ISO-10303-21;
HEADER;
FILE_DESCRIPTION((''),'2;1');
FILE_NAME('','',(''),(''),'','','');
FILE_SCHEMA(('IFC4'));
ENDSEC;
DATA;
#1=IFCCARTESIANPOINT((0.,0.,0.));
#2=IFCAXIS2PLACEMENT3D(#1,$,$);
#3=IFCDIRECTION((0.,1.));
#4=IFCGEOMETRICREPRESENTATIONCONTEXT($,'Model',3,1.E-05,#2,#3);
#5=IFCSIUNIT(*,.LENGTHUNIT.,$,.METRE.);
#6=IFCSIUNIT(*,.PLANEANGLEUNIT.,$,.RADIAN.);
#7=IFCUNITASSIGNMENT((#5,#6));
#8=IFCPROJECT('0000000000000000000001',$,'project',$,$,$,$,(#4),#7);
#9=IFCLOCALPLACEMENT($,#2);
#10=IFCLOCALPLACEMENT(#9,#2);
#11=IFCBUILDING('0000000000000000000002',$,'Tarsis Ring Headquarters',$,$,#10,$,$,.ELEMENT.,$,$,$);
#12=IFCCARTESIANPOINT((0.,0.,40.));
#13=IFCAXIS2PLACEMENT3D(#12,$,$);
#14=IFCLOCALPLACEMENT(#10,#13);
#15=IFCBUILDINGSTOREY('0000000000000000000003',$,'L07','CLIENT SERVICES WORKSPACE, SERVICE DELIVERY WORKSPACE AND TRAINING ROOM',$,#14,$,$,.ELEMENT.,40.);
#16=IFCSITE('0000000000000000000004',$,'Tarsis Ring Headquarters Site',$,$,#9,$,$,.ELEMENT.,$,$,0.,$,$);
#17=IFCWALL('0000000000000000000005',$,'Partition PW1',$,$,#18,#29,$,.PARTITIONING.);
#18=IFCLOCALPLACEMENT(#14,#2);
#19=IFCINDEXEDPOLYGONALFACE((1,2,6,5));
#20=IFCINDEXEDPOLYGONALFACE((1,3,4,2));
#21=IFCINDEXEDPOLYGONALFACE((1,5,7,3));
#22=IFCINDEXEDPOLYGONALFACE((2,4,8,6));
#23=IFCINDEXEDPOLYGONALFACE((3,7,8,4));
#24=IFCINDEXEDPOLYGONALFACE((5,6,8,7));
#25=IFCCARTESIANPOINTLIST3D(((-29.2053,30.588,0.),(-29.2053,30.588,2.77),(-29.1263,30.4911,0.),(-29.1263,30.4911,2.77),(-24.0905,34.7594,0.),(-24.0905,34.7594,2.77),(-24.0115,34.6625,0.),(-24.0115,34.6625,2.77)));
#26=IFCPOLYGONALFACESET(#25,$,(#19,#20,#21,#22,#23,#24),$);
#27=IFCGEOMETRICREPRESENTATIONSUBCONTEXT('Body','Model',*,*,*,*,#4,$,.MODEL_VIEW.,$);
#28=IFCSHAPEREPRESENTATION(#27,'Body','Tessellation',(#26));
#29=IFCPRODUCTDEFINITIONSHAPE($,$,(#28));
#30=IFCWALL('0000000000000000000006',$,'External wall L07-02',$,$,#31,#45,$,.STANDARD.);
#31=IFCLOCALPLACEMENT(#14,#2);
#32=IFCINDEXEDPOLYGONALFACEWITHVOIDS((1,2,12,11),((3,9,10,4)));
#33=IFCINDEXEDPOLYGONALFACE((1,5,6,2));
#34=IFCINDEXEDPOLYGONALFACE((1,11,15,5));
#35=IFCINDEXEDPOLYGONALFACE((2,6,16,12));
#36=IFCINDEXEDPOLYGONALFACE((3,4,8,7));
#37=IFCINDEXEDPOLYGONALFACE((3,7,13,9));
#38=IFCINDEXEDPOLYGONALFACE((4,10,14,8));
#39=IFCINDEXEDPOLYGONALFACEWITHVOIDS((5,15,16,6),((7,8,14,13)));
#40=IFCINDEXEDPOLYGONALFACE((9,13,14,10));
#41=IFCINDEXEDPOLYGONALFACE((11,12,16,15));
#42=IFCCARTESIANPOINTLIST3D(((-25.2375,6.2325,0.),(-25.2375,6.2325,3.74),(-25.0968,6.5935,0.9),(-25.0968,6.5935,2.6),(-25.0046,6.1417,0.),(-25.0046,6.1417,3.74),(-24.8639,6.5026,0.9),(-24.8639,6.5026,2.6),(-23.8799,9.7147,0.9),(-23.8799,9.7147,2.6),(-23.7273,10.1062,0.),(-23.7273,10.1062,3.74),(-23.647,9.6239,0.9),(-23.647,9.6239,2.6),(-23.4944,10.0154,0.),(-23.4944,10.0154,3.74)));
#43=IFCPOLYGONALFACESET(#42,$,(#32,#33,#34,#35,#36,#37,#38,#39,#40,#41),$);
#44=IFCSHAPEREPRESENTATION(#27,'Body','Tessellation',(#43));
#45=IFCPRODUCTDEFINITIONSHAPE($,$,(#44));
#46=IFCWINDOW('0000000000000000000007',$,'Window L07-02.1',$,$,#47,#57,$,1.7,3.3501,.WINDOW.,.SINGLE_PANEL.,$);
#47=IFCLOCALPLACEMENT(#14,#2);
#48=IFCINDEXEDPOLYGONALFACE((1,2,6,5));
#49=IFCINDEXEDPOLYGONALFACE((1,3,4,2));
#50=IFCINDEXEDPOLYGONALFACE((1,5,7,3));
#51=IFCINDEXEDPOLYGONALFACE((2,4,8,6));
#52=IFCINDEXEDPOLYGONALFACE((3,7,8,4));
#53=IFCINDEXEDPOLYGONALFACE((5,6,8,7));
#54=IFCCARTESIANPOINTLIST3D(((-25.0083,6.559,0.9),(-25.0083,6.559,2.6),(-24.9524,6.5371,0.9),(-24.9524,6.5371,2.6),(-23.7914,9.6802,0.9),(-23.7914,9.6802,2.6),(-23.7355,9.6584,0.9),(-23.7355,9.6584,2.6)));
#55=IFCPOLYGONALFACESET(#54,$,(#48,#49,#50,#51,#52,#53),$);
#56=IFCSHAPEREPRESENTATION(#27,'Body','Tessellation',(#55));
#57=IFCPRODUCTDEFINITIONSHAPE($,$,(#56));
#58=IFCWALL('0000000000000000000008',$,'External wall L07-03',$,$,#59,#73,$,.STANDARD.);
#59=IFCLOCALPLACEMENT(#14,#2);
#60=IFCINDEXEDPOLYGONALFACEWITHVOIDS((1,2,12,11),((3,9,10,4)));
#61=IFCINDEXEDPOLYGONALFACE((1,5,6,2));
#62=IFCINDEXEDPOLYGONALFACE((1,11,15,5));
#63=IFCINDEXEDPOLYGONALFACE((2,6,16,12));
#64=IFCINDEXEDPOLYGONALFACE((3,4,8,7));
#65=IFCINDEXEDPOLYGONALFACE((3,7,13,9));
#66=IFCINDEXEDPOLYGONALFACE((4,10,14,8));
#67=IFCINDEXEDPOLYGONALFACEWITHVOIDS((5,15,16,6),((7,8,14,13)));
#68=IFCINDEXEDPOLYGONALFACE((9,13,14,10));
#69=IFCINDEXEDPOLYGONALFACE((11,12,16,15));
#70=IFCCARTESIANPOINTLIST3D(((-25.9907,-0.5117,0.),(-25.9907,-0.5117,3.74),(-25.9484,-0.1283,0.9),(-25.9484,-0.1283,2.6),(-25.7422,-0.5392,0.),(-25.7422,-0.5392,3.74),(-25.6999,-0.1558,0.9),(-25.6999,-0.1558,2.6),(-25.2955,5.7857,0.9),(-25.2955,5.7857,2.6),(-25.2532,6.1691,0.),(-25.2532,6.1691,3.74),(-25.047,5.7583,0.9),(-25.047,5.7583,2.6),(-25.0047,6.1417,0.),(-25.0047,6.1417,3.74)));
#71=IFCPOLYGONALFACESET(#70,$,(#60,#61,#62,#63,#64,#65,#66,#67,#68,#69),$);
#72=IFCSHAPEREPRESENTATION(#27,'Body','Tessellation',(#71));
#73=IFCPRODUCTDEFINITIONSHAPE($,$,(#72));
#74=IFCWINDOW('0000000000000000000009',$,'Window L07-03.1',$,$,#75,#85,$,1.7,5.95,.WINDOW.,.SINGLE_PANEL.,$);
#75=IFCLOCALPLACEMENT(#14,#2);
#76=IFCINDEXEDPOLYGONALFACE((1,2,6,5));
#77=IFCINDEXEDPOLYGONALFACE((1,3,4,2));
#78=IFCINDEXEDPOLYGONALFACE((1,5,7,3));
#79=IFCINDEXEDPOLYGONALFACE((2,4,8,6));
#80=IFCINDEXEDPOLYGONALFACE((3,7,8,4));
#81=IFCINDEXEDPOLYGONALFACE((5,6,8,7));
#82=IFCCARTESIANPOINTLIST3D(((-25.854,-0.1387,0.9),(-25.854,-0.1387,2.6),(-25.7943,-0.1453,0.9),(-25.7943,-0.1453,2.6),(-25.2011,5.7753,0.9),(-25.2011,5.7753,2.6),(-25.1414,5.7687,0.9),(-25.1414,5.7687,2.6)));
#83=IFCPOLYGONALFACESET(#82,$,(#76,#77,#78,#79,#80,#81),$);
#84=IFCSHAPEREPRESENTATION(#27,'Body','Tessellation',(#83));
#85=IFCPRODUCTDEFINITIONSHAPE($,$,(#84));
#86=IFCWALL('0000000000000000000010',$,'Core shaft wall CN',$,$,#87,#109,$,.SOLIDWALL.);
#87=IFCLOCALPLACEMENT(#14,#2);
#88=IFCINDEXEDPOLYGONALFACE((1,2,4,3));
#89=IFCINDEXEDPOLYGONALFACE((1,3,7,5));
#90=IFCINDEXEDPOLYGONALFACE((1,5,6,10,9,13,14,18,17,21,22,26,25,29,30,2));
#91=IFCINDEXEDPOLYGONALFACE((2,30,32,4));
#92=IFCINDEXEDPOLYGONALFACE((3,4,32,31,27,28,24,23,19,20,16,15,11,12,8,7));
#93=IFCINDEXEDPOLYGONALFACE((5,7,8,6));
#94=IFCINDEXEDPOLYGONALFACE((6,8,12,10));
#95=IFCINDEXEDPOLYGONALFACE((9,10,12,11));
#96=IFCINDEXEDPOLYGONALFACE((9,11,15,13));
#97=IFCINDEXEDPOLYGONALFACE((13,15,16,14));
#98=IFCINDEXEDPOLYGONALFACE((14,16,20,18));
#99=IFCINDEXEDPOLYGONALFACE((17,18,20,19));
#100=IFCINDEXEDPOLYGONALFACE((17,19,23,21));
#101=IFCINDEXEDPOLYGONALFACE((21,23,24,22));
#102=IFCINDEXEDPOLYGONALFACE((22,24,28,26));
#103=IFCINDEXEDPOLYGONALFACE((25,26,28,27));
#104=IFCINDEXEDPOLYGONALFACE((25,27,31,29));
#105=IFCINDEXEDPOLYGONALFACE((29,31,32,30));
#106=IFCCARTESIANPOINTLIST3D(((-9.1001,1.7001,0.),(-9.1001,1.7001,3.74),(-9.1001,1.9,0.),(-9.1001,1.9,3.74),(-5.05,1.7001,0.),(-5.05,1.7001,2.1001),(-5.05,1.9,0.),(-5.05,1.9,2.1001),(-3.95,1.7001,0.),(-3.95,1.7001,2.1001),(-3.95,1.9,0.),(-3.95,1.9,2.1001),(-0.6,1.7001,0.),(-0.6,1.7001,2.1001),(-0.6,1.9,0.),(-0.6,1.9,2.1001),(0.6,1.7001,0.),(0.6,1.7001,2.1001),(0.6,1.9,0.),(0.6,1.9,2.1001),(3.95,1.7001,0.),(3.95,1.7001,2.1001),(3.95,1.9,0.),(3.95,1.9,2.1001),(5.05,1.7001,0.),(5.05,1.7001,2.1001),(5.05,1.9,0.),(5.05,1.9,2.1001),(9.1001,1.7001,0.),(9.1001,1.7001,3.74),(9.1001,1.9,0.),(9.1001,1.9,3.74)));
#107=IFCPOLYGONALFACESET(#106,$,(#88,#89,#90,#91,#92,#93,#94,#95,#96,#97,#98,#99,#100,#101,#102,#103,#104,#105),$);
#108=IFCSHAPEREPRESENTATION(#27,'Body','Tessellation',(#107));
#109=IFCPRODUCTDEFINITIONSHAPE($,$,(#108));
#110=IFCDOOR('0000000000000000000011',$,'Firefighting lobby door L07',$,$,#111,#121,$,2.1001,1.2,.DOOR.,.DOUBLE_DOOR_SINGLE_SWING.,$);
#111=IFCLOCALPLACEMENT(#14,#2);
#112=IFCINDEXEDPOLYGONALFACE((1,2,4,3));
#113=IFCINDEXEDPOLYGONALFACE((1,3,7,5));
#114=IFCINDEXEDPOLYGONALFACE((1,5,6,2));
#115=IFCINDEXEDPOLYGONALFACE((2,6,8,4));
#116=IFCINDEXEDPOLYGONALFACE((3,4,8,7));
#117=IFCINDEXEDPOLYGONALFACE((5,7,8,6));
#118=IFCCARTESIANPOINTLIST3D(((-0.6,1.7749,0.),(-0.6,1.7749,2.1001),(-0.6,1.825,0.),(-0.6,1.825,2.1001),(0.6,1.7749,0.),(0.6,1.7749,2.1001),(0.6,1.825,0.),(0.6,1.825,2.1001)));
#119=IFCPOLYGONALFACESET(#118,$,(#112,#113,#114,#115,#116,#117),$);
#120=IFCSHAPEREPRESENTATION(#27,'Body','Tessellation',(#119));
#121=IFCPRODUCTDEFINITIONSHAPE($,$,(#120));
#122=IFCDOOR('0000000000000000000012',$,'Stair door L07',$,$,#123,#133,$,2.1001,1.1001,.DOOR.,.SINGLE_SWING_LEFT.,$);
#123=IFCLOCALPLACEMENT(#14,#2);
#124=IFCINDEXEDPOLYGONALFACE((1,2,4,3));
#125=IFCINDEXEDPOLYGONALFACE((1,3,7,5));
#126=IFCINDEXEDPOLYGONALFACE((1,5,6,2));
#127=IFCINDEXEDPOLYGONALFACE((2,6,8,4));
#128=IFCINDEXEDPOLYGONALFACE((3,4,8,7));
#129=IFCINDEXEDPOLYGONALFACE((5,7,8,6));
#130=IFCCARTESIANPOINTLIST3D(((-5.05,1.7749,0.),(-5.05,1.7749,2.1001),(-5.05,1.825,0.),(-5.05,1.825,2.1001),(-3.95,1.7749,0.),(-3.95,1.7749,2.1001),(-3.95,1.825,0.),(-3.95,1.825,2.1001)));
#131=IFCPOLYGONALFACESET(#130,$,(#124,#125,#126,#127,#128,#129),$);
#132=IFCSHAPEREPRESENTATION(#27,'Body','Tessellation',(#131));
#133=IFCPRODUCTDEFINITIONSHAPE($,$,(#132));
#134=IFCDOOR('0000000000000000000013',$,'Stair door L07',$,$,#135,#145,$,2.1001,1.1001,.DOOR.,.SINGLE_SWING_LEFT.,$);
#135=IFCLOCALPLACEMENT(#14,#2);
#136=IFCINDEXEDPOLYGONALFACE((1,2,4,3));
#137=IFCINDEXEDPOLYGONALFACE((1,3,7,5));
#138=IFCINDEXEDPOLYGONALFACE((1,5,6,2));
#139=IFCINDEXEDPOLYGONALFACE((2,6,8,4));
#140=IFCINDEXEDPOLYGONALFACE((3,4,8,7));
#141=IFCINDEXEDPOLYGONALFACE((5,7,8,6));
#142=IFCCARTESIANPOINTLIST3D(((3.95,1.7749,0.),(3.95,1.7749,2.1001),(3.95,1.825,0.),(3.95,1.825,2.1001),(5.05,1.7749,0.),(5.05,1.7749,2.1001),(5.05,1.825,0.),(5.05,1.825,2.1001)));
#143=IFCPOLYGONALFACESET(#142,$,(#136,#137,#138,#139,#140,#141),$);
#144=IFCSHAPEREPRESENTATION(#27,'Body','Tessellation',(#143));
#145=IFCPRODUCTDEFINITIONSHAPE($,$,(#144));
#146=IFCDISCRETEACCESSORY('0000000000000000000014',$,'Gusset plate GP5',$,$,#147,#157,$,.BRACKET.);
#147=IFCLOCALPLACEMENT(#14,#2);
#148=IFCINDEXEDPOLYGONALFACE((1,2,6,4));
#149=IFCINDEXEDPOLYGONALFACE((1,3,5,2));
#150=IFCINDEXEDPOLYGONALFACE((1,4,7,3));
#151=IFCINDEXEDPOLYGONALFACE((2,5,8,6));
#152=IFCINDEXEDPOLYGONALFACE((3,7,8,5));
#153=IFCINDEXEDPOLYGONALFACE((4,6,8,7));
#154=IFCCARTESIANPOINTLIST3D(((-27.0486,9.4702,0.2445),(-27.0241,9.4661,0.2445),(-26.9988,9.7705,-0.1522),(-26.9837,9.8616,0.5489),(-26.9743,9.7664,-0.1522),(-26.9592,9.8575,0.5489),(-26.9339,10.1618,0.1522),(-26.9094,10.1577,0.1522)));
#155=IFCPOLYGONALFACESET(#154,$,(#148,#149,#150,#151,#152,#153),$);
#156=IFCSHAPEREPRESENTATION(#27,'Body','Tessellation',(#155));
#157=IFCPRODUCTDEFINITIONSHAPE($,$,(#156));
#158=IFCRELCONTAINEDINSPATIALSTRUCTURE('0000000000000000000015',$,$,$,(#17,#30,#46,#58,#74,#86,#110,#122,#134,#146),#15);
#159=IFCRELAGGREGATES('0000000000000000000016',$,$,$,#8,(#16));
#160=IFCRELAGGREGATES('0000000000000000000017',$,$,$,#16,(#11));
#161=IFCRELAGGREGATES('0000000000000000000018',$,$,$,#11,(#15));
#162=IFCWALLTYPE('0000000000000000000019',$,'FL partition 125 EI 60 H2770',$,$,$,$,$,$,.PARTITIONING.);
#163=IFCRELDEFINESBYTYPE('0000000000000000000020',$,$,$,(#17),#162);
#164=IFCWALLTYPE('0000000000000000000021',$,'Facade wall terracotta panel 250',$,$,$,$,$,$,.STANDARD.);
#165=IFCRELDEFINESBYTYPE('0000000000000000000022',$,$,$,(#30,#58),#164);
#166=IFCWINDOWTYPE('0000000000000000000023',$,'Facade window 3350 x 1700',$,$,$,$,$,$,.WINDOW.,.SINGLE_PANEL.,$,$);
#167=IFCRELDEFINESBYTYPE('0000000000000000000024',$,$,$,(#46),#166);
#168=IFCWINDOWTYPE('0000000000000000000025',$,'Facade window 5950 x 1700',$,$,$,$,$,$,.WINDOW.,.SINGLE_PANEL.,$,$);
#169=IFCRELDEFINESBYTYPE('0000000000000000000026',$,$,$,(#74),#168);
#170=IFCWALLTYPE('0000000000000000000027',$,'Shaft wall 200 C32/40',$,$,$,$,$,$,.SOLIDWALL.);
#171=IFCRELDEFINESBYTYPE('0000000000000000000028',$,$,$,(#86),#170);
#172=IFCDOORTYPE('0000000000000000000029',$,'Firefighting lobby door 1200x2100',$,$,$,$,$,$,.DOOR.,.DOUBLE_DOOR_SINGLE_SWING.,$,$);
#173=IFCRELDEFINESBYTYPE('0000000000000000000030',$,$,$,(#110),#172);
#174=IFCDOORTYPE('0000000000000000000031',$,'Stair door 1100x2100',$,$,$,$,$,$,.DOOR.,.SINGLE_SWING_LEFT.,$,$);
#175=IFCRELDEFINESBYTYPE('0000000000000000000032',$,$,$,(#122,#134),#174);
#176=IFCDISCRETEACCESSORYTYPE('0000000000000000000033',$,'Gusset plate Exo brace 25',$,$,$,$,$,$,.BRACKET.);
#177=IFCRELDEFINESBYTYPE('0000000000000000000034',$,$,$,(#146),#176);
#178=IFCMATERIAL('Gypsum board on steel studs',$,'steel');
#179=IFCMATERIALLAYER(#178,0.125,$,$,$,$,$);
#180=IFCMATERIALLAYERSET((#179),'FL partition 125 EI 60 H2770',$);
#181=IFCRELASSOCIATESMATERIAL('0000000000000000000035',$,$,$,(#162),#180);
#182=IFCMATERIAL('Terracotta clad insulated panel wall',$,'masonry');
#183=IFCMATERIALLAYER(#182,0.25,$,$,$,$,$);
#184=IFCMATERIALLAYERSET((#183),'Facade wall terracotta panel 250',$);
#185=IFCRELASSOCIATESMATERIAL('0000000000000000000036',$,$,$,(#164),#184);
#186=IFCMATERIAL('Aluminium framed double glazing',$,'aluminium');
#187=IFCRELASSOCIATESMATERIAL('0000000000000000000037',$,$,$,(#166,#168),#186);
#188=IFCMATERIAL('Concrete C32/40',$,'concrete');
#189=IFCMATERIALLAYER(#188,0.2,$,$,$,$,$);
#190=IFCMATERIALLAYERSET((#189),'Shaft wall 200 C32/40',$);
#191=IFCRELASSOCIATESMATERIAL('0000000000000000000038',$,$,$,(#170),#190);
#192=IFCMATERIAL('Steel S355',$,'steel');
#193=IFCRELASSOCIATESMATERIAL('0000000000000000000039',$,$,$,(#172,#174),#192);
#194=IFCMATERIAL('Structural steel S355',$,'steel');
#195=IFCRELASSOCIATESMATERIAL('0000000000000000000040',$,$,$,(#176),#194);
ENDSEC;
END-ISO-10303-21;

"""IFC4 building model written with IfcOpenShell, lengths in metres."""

from ifc_helpers import new_model, si_unit, direction, frame, frame_2d, origin, origin_2d, place, context, subcontext, project, spatial, rectangle, extrude, material, layer, layer_set, material_profile, profile_set, type_object, element, fill, save


model = new_model("IFC4")

# Units and contexts
model_context = context("Model", 3, precision=1e-05, world=origin(), true_north=direction((0.0, 1.0)))
body_context = subcontext(model_context, "Body", "Model", "MODEL_VIEW")
ifc_project = project(units=[si_unit("LENGTHUNIT", "METRE"), si_unit("PLANEANGLEUNIT", "RADIAN")], contexts=[model_context])

# Site, building, storey
site_placement = place(None, origin())
site = spatial("IfcSite", under=ifc_project, at=site_placement, Name="Tarsis Ring Headquarters Site", CompositionType="ELEMENT", RefElevation=0.0)
building_placement = place(site_placement, origin())
building = spatial("IfcBuilding", under=site, at=building_placement, Name="Tarsis Ring Headquarters", CompositionType="ELEMENT")
storey_placement = place(building_placement, frame((0.0, 0.0, 40.0)))
storey = spatial("IfcBuildingStorey", under=building, at=storey_placement, Name="L07", Description="CLIENT SERVICES WORKSPACE, SERVICE DELIVERY WORKSPACE AND TRAINING ROOM", CompositionType="ELEMENT", Elevation=40.0)

# Shared definitions
ifc_material_1 = material(Name="Structural steel S355", Category="steel")

# Shared definitions
ifc_material_2 = material(Name="Gypsum board on steel studs", Category="steel")

# Shared definitions
ifc_layer_1 = layer(ifc_material_2, 0.125)
ifc_layer_set_1 = layer_set([ifc_layer_1], Name="FL partition 125 EI 60 H2770")
wall_type_1 = type_object("IfcWallType", Name="FL partition 125 EI 60 H2770", PredefinedType="PARTITIONING", material=ifc_layer_set_1)

# Wall
wall_1_placement = place(storey_placement, frame((-29.1658, 30.5396, 0.0), z_axis=(0.0, 0.0, 1.0), x_axis=(0.774952, 0.63202, 0.0)))
element("IfcWall", 1, at=wall_1_placement, inside=storey, type_object=wall_type_1, Name="Partition PW1", PredefinedType="PARTITIONING", context=body_context, shape_type="SweptSolid", body=[
    extrude(rectangle(XDim=6.6001, YDim=0.125, at=frame_2d((3.3, 0.0))), origin(), (0.0, 0.0, 1.0), 2.77),
])

# Walls, openings, windows
ifc_material_3 = material(Name="Terracotta clad insulated panel wall", Category="masonry")
ifc_layer_2 = layer(ifc_material_3, 0.25)
ifc_layer_set_2 = layer_set([ifc_layer_2], Name="Facade wall terracotta panel 250")
wall_type_2 = type_object("IfcWallType", Name="Facade wall terracotta panel 250", PredefinedType="STANDARD", material=ifc_layer_set_2)
wall_2_placement = place(storey_placement, frame((-23.6108, 10.0608, 0.0), z_axis=(0.0, 0.0, 1.0), x_axis=(-0.363237, -0.931697, 0.0)))
wall_2 = element("IfcWall", 2, at=wall_2_placement, inside=storey, type_object=wall_type_2, Name="External wall L07-02", PredefinedType="STANDARD", context=body_context, shape_type="SweptSolid", body=[
    extrude(rectangle(XDim=4.1577, YDim=0.25, at=frame_2d((2.0789, 0.0))), origin(), (0.0, 0.0, 1.0), 3.74),
])
opening_1_placement = place(wall_2_placement, frame((0.4202, 0.0, 0.8999)))
opening_1 = element("IfcOpeningElement", 3, at=opening_1_placement, cuts=wall_2, PredefinedType="OPENING", context=body_context, shape_type="SweptSolid", body=[
    extrude(rectangle(XDim=3.3501, YDim=1.7, at=frame_2d((1.675, 0.8501))), frame((0.0, 0.135, 0.0), z_axis=(0.0, -1.0, 0.0), x_axis=(1.0, 0.0, 0.0)), (0.0, 0.0, 1.0), 0.27),
])
ifc_material_4 = material(Name="Aluminium framed double glazing", Category="aluminium")
window_type_1 = type_object("IfcWindowType", Name="Facade window 3350 x 1700", PartitioningType="SINGLE_PANEL", PredefinedType="WINDOW", material=ifc_material_4)
window_1_placement = place(opening_1_placement, origin())
window_1 = element("IfcWindow", 4, at=window_1_placement, inside=storey, type_object=window_type_1, Name="Window L07-02.1", OverallHeight=1.7, OverallWidth=3.3501, PartitioningType="SINGLE_PANEL", PredefinedType="WINDOW", context=body_context, shape_type="SweptSolid", body=[
    extrude(rectangle(XDim=3.3501, YDim=1.7, at=frame_2d((1.675, 0.8501))), frame((0.0, 0.03, 0.0), z_axis=(0.0, -1.0, 0.0), x_axis=(1.0, 0.0, 0.0)), (0.0, 0.0, 1.0), 0.0601),
])
fill(opening_1, window_1)
wall_3_placement = place(storey_placement, frame((-25.1289, 6.1555, 0.0), z_axis=(0.0, 0.0, 1.0), x_axis=(-0.10973, -0.993961, 0.0)))
wall_3 = element("IfcWall", 5, at=wall_3_placement, inside=storey, type_object=wall_type_2, Name="External wall L07-03", PredefinedType="STANDARD", context=body_context, shape_type="SweptSolid", body=[
    extrude(rectangle(XDim=6.7214, YDim=0.25, at=frame_2d((3.3608, 0.0))), origin(), (0.0, 0.0, 1.0), 3.74),
])
opening_2_placement = place(wall_3_placement, frame((0.3857, 0.0, 0.8999)))
opening_2 = element("IfcOpeningElement", 6, at=opening_2_placement, cuts=wall_3, PredefinedType="OPENING", context=body_context, shape_type="SweptSolid", body=[
    extrude(rectangle(XDim=5.95, YDim=1.7, at=frame_2d((2.9751, 0.8501))), frame((0.0, 0.135, 0.0), z_axis=(0.0, -1.0, 0.0), x_axis=(1.0, 0.0, 0.0)), (0.0, 0.0, 1.0), 0.27),
])
window_type_2 = type_object("IfcWindowType", Name="Facade window 5950 x 1700", PartitioningType="SINGLE_PANEL", PredefinedType="WINDOW", material=ifc_material_4)
window_2_placement = place(opening_2_placement, origin())
window_2 = element("IfcWindow", 7, at=window_2_placement, inside=storey, type_object=window_type_2, Name="Window L07-03.1", OverallHeight=1.7, OverallWidth=5.95, PartitioningType="SINGLE_PANEL", PredefinedType="WINDOW", context=body_context, shape_type="SweptSolid", body=[
    extrude(rectangle(XDim=5.95, YDim=1.7, at=frame_2d((2.9751, 0.8501))), frame((0.0, 0.03, 0.0), z_axis=(0.0, -1.0, 0.0), x_axis=(1.0, 0.0, 0.0)), (0.0, 0.0, 1.0), 0.0601),
])
fill(opening_2, window_2)

# Wall, openings, doors
ifc_material_5 = material(Name="Concrete C32/40", Category="concrete")
ifc_layer_3 = layer(ifc_material_5, 0.2)
ifc_layer_set_3 = layer_set([ifc_layer_3], Name="Shaft wall 200 C32/40")
wall_type_3 = type_object("IfcWallType", Name="Shaft wall 200 C32/40", PredefinedType="SOLIDWALL", material=ifc_layer_set_3)
wall_4_placement = place(storey_placement, frame((-9.1001, 1.8, 0.0), z_axis=(0.0, 0.0, 1.0), x_axis=(1.0, 0.0, 0.0)))
wall_4 = element("IfcWall", 8, at=wall_4_placement, inside=storey, type_object=wall_type_3, Name="Core shaft wall CN", PredefinedType="SOLIDWALL", context=body_context, shape_type="SweptSolid", body=[
    extrude(rectangle(XDim=18.2002, YDim=0.2, at=frame_2d((9.1001, 0.0))), origin(), (0.0, 0.0, 1.0), 3.74),
])
opening_3_placement = place(wall_4_placement, frame((4.05, 0.0, 0.0)))
opening_3 = element("IfcOpeningElement", 9, at=opening_3_placement, cuts=wall_4, PredefinedType="OPENING", context=body_context, shape_type="SweptSolid", body=[
    extrude(rectangle(XDim=1.1001, YDim=2.1001, at=frame_2d((0.55, 1.05))), frame((0.0, 0.1099, 0.0), z_axis=(0.0, -1.0, 0.0), x_axis=(1.0, 0.0, 0.0)), (0.0, 0.0, 1.0), 0.22),
])
opening_4_placement = place(wall_4_placement, frame((8.5, 0.0, 0.0)))
opening_4 = element("IfcOpeningElement", 10, at=opening_4_placement, cuts=wall_4, PredefinedType="OPENING", context=body_context, shape_type="SweptSolid", body=[
    extrude(rectangle(XDim=1.2, YDim=2.1001, at=frame_2d((0.6001, 1.05))), frame((0.0, 0.1099, 0.0), z_axis=(0.0, -1.0, 0.0), x_axis=(1.0, 0.0, 0.0)), (0.0, 0.0, 1.0), 0.22),
])
opening_5_placement = place(wall_4_placement, frame((13.05, 0.0, 0.0)))
opening_5 = element("IfcOpeningElement", 11, at=opening_5_placement, cuts=wall_4, PredefinedType="OPENING", context=body_context, shape_type="SweptSolid", body=[
    extrude(rectangle(XDim=1.1001, YDim=2.1001, at=frame_2d((0.55, 1.05))), frame((0.0, 0.1099, 0.0), z_axis=(0.0, -1.0, 0.0), x_axis=(1.0, 0.0, 0.0)), (0.0, 0.0, 1.0), 0.22),
])
ifc_material_6 = material(Name="Steel S355", Category="steel")
door_type_1 = type_object("IfcDoorType", Name="Firefighting lobby door 1200x2100", OperationType="DOUBLE_DOOR_SINGLE_SWING", PredefinedType="DOOR", material=ifc_material_6)
door_1_placement = place(opening_4_placement, origin())
door_1 = element("IfcDoor", 12, at=door_1_placement, inside=storey, type_object=door_type_1, Name="Firefighting lobby door L07", OperationType="DOUBLE_DOOR_SINGLE_SWING", OverallHeight=2.1001, OverallWidth=1.2, PredefinedType="DOOR", context=body_context, shape_type="SweptSolid", body=[
    extrude(rectangle(XDim=1.2, YDim=2.1001, at=frame_2d((0.6001, 1.05))), frame((0.0, 0.0249, 0.0), z_axis=(0.0, -1.0, 0.0), x_axis=(1.0, 0.0, 0.0)), (0.0, 0.0, 1.0), 0.05),
])
fill(opening_4, door_1)
door_type_2 = type_object("IfcDoorType", Name="Stair door 1100x2100", OperationType="SINGLE_SWING_LEFT", PredefinedType="DOOR", material=ifc_material_6)
door_2_placement = place(opening_3_placement, origin())
door_2 = element("IfcDoor", 13, at=door_2_placement, inside=storey, type_object=door_type_2, Name="Stair door L07", OperationType="SINGLE_SWING_LEFT", OverallHeight=2.1001, OverallWidth=1.1001, PredefinedType="DOOR", context=body_context, shape_type="SweptSolid", body=[
    extrude(rectangle(XDim=1.1001, YDim=2.1001, at=frame_2d((0.55, 1.05))), frame((0.0, 0.0249, 0.0), z_axis=(0.0, -1.0, 0.0), x_axis=(1.0, 0.0, 0.0)), (0.0, 0.0, 1.0), 0.05),
])
fill(opening_3, door_2)
door_3_placement = place(opening_5_placement, origin())
door_3 = element("IfcDoor", 14, at=door_3_placement, inside=storey, type_object=door_type_2, Name="Stair door L07", OperationType="SINGLE_SWING_LEFT", OverallHeight=2.1001, OverallWidth=1.1001, PredefinedType="DOOR", context=body_context, shape_type="SweptSolid", body=[
    extrude(rectangle(XDim=1.1001, YDim=2.1001, at=frame_2d((0.55, 1.05))), frame((0.0, 0.0249, 0.0), z_axis=(0.0, -1.0, 0.0), x_axis=(1.0, 0.0, 0.0)), (0.0, 0.0, 1.0), 0.05),
])
fill(opening_5, door_3)

# Discrete accessory
ifc_material_profile_1 = material_profile(ifc_material_1, rectangle(XDim=0.0249, YDim=0.5, at=origin_2d()), Name="PL 25x500")
ifc_profile_set_1 = profile_set([ifc_material_profile_1], Name="Structural steel S355")
discrete_accessory_type = type_object("IfcDiscreteAccessoryType", Name="Gusset plate Exo brace 25", PredefinedType="BRACKET", material=ifc_profile_set_1)
discrete_accessory_1_placement = place(storey_placement, frame((-26.9541, 9.9641, 0.0), z_axis=(-0.099599, -0.600526, 0.793378), x_axis=(0.986524, -0.163619, 0.0)))
element("IfcDiscreteAccessory", 15, at=discrete_accessory_1_placement, inside=storey, type_object=discrete_accessory_type, Name="Gusset plate GP5", PredefinedType="BRACKET", context=body_context, shape_type="SweptSolid", body=[
    extrude(rectangle(XDim=0.0249, YDim=0.5, at=origin_2d()), origin(), (0.0, 0.0, 1.0), 0.5),
])

save(model, "model.ifc")
